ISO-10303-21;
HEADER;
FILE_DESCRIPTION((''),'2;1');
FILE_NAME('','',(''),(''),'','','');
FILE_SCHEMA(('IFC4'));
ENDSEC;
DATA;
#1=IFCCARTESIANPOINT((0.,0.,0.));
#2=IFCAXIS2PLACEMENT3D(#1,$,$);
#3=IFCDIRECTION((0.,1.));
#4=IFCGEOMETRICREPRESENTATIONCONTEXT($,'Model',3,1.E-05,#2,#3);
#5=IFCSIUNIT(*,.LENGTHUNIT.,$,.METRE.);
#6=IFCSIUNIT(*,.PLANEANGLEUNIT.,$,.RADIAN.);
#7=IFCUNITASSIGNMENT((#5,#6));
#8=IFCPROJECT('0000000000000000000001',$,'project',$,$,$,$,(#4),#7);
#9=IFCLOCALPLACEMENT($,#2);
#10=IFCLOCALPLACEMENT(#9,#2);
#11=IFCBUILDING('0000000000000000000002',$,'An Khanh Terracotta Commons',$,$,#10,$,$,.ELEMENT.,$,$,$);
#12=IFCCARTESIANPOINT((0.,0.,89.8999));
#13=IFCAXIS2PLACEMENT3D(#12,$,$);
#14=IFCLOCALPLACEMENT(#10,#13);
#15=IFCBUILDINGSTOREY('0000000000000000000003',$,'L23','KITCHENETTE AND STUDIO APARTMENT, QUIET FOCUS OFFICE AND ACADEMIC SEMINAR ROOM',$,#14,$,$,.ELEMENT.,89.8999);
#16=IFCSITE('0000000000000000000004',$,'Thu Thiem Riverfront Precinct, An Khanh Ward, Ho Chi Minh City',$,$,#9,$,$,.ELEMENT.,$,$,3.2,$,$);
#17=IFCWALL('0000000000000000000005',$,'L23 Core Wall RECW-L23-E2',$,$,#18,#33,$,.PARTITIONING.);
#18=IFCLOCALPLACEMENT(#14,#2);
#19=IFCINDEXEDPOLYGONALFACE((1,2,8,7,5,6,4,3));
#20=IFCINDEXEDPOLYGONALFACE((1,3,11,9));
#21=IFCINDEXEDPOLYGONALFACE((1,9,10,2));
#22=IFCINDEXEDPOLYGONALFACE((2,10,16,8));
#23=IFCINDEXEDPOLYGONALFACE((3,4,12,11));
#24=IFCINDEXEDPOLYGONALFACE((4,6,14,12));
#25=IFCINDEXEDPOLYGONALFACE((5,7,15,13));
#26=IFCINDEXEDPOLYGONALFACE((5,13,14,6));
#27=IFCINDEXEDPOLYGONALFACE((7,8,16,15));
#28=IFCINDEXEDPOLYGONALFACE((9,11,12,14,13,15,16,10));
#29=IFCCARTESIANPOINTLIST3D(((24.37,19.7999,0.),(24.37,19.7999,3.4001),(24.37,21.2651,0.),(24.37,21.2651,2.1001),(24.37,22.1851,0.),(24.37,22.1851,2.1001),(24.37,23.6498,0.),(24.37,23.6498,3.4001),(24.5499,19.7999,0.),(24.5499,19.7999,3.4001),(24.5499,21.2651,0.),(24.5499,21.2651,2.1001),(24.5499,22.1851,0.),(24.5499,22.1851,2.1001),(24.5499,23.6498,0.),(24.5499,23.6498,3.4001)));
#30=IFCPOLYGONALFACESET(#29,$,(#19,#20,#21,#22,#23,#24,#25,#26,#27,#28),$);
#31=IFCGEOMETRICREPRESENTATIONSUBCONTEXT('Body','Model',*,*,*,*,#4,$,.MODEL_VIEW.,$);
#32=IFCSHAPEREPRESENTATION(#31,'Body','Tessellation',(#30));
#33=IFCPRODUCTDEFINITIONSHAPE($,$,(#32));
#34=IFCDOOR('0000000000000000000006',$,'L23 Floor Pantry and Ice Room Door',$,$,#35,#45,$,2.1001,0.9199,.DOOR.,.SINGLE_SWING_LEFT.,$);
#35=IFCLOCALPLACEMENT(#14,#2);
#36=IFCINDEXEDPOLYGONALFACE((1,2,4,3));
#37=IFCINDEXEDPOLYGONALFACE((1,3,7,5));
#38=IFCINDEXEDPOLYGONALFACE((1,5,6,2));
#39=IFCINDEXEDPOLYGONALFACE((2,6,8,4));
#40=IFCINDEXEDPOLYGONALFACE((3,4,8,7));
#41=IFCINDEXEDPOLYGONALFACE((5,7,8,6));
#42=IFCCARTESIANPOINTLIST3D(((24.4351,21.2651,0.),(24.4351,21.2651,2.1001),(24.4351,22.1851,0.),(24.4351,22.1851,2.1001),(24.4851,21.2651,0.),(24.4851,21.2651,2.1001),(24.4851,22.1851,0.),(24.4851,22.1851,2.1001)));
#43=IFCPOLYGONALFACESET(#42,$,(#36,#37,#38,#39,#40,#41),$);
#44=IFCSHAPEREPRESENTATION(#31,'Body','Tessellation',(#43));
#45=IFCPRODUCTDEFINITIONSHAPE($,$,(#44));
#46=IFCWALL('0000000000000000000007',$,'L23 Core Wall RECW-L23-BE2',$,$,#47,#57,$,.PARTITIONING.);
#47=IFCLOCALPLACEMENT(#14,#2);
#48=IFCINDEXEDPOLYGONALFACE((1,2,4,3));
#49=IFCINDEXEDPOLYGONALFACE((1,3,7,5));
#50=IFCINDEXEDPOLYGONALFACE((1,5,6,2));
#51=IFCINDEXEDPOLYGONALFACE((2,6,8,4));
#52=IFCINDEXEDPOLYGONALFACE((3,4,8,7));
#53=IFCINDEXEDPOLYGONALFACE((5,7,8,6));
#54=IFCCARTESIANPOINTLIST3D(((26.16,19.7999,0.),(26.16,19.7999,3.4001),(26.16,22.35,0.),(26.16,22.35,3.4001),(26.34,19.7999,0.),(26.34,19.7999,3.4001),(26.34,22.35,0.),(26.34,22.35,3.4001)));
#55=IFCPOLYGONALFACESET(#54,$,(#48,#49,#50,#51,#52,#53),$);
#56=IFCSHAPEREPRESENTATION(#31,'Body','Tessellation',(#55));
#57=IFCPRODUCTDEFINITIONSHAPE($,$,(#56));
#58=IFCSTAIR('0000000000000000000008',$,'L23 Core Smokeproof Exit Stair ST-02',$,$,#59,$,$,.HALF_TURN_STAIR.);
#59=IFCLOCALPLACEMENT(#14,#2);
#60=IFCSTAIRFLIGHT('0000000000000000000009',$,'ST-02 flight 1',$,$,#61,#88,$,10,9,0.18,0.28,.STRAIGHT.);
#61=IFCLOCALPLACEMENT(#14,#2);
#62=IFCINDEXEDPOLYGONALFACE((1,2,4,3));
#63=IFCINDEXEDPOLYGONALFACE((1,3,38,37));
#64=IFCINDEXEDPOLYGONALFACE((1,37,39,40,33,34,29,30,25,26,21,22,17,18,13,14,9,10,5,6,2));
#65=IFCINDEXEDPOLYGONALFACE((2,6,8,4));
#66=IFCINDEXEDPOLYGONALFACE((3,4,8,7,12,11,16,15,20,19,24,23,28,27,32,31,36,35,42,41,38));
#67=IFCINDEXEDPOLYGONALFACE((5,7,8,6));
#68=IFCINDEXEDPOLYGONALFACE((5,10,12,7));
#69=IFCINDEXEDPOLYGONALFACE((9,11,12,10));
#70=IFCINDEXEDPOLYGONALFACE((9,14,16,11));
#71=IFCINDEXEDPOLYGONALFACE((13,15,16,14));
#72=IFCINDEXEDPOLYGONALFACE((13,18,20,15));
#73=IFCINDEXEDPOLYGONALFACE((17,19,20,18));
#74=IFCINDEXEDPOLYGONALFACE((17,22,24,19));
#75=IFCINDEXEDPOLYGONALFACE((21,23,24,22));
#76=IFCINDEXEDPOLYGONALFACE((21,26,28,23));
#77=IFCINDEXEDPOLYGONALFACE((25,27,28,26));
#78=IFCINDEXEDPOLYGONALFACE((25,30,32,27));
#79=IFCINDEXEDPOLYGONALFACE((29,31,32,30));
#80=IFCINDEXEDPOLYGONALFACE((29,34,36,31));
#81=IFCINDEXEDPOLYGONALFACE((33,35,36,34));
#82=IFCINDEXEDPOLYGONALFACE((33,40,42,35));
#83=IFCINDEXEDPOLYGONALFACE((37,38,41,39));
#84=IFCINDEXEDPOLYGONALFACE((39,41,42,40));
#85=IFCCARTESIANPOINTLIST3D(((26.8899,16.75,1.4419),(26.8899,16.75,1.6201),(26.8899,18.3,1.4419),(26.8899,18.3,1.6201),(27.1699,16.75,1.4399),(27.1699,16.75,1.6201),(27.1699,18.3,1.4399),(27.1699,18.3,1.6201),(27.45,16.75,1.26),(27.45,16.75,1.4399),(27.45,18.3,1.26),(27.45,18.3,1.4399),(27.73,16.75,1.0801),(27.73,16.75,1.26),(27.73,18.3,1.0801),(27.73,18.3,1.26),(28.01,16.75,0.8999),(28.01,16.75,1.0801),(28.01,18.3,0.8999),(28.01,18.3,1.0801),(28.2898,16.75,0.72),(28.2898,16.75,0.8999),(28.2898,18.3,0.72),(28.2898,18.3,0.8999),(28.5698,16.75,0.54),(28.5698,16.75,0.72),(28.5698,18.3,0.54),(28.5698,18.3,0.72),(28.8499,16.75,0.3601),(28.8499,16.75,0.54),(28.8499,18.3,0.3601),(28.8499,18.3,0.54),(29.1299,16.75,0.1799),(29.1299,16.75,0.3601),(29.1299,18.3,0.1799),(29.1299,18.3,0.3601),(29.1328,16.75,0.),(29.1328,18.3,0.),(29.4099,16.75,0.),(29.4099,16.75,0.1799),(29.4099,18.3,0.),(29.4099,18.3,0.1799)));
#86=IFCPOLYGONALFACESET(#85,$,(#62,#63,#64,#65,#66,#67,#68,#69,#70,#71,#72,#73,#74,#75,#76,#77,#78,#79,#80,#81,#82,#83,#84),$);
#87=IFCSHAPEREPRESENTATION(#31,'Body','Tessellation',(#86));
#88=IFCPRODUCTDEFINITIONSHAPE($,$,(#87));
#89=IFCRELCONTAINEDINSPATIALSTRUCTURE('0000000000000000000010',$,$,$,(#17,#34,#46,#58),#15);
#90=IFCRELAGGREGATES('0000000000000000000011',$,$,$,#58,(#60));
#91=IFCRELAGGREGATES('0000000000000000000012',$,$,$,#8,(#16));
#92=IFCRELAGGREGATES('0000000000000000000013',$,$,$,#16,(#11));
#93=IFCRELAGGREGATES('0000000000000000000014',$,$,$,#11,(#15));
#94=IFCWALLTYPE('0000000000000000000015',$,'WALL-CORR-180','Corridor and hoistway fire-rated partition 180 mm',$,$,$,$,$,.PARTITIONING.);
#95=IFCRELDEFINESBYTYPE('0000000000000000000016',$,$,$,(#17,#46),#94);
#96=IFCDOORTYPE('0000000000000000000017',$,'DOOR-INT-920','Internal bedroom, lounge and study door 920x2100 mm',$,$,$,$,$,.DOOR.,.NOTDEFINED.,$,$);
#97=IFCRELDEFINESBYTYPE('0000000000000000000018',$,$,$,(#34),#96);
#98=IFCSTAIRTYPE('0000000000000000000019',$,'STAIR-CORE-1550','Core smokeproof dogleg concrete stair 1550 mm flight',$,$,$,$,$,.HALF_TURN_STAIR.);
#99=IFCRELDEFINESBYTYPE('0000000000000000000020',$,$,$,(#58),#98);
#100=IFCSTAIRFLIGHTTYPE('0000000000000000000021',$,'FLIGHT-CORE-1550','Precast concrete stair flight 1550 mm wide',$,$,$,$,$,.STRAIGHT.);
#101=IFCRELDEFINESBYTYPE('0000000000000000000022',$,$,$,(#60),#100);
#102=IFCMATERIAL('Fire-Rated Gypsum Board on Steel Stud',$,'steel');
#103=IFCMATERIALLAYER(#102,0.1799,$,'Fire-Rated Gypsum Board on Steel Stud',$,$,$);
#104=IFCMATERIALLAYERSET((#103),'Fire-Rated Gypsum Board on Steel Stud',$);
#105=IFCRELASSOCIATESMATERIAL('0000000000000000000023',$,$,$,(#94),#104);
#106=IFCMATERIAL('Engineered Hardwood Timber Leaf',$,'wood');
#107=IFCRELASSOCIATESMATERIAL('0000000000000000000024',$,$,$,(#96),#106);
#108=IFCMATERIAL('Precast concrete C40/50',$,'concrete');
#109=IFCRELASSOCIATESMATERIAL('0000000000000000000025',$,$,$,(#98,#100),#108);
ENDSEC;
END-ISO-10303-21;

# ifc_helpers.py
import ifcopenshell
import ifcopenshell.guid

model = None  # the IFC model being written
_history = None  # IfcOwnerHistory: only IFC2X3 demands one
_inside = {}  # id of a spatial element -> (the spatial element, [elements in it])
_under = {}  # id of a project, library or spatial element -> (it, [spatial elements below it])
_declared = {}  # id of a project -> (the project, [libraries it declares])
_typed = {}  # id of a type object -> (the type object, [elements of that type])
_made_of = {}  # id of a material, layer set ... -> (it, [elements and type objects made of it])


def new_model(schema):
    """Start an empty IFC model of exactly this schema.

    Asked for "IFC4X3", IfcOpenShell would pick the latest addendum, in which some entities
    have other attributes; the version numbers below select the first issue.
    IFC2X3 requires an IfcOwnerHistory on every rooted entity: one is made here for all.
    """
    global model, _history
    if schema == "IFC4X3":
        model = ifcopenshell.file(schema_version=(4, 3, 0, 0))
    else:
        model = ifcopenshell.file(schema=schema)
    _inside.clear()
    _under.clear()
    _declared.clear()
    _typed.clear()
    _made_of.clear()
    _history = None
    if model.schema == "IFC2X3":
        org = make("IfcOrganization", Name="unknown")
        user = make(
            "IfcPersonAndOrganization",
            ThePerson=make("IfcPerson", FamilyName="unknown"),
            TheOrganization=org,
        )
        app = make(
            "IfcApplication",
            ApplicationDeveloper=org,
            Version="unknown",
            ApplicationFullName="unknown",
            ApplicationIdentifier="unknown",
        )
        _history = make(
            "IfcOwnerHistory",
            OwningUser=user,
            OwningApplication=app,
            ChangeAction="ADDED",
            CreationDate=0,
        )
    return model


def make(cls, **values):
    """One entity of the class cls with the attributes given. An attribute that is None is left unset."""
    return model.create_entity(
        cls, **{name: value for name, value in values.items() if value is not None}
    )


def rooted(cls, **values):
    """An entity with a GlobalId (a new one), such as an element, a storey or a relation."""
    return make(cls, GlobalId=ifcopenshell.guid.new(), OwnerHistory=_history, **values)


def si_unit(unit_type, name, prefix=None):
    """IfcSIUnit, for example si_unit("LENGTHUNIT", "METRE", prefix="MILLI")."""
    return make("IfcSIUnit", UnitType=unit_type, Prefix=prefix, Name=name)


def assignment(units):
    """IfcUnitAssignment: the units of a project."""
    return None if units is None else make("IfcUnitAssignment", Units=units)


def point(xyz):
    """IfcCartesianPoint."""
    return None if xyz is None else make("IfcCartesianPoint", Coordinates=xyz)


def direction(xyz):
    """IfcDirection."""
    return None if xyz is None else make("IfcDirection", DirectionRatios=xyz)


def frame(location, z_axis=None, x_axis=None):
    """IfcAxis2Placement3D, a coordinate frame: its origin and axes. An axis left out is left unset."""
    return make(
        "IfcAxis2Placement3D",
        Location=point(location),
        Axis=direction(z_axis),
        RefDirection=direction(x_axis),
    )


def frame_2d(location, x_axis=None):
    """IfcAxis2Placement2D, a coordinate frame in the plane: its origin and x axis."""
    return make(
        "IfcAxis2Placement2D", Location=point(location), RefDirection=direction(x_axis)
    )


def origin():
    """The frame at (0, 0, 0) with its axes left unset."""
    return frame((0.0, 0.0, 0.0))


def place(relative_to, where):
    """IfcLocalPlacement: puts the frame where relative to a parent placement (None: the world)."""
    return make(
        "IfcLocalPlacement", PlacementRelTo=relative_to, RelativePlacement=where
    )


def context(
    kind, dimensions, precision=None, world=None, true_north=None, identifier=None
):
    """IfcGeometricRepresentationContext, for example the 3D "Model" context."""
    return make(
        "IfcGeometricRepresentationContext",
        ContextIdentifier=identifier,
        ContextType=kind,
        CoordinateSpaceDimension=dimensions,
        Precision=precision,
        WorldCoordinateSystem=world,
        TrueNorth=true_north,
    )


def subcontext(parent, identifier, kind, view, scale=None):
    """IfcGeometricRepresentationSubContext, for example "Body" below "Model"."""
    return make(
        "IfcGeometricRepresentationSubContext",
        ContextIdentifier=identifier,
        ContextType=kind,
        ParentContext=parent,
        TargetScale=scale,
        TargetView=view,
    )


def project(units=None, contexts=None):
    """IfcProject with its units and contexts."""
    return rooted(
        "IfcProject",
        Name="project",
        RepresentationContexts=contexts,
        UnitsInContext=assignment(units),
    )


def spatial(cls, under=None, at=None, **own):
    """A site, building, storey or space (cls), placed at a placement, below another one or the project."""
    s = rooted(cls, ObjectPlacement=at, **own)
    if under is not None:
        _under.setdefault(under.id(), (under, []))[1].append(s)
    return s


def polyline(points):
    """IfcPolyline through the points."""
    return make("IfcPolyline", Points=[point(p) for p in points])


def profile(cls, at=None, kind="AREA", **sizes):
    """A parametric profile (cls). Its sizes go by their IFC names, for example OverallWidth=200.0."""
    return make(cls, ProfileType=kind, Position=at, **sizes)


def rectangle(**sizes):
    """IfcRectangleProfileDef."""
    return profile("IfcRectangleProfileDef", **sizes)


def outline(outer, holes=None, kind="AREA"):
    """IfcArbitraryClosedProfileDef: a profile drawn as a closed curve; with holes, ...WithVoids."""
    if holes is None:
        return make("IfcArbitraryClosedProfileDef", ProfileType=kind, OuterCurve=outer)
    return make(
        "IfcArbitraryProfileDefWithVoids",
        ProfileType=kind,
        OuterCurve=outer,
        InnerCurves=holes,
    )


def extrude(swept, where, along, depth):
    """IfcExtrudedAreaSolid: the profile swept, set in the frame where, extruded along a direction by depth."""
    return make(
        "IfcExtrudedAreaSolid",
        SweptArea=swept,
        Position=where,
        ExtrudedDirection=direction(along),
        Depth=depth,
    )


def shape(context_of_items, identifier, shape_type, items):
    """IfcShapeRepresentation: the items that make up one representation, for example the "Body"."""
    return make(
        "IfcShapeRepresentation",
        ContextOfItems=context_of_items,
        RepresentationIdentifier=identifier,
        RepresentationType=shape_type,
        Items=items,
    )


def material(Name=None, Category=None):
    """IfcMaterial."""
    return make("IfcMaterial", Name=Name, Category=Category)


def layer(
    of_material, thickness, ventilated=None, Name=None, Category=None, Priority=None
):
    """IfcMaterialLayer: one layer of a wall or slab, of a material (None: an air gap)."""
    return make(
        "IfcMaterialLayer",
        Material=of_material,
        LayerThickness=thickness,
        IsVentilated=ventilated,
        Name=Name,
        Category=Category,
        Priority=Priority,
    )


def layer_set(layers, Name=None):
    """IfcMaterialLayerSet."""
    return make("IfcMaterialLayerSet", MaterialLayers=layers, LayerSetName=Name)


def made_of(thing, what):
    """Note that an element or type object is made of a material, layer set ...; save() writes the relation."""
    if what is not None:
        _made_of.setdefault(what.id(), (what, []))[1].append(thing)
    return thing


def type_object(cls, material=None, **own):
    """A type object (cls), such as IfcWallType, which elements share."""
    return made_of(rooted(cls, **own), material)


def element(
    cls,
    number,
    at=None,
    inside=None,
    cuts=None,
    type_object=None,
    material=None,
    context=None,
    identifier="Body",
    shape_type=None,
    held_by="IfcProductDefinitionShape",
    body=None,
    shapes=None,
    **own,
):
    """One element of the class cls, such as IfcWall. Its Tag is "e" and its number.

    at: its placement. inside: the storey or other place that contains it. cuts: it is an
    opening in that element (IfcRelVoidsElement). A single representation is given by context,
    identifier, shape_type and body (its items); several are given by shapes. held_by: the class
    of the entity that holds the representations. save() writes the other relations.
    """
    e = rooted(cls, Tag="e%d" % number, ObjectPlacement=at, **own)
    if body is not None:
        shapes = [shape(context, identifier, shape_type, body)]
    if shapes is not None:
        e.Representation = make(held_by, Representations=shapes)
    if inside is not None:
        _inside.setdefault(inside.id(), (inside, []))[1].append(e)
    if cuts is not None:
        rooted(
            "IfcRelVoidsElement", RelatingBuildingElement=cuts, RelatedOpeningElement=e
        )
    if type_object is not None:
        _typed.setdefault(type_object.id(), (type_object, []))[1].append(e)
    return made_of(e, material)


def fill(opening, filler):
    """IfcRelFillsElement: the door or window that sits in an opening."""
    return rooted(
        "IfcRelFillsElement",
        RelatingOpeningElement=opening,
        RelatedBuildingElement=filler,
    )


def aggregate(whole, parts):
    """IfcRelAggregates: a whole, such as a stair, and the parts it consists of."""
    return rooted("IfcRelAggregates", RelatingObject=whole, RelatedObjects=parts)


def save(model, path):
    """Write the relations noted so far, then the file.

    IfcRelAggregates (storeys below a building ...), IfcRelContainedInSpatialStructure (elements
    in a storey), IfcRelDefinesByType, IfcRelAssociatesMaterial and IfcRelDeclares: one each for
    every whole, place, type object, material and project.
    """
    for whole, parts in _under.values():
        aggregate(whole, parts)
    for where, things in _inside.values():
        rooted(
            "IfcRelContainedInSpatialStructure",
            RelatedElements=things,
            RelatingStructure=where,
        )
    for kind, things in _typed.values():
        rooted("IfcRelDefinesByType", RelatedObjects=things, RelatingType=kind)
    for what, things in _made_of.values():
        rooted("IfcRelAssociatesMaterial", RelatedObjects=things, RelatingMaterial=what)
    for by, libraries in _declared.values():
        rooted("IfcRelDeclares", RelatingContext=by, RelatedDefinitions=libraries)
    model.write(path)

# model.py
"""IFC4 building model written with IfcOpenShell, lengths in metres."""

from ifc_helpers import new_model, si_unit, direction, frame, frame_2d, origin, place, context, subcontext, project, spatial, polyline, rectangle, outline, extrude, material, layer, layer_set, type_object, element, fill, aggregate, save


model = new_model("IFC4")

# Units and contexts
model_context = context("Model", 3, precision=1e-05, world=origin(), true_north=direction((0.0, 1.0)))
body_context = subcontext(model_context, "Body", "Model", "MODEL_VIEW")
ifc_project = project(units=[si_unit("LENGTHUNIT", "METRE"), si_unit("PLANEANGLEUNIT", "RADIAN")], contexts=[model_context])

# Site, building, storey
site_placement = place(None, origin())
site = spatial("IfcSite", under=ifc_project, at=site_placement, Name="Thu Thiem Riverfront Precinct, An Khanh Ward, Ho Chi Minh City", CompositionType="ELEMENT", RefElevation=3.2)
building_placement = place(site_placement, origin())
building = spatial("IfcBuilding", under=site, at=building_placement, Name="An Khanh Terracotta Commons", CompositionType="ELEMENT")
storey_placement = place(building_placement, frame((0.0, 0.0, 89.8999)))
storey = spatial("IfcBuildingStorey", under=building, at=storey_placement, Name="L23", Description="KITCHENETTE AND STUDIO APARTMENT, QUIET FOCUS OFFICE AND ACADEMIC SEMINAR ROOM", CompositionType="ELEMENT", Elevation=89.8999)

# Shared definitions
ifc_material_1 = material(Name="Fire-Rated Gypsum Board on Steel Stud", Category="steel")
ifc_layer = layer(ifc_material_1, 0.1799, Name="Fire-Rated Gypsum Board on Steel Stud")
ifc_layer_set = layer_set([ifc_layer], Name="Fire-Rated Gypsum Board on Steel Stud")
wall_type = type_object("IfcWallType", Name="WALL-CORR-180", Description="Corridor and hoistway fire-rated partition 180 mm", PredefinedType="PARTITIONING", material=ifc_layer_set)

# Wall, opening, door
wall_1_placement = place(storey_placement, frame((24.46, 19.8, 0.0), z_axis=(0.0, 0.0, 1.0), x_axis=(0.0, 1.0, 0.0)))
wall_1 = element("IfcWall", 1, at=wall_1_placement, inside=storey, type_object=wall_type, Name="L23 Core Wall RECW-L23-E2", PredefinedType="PARTITIONING", context=body_context, shape_type="SweptSolid", body=[
    extrude(rectangle(XDim=3.8499, YDim=0.1799, at=frame_2d((1.9248, 0.0))), origin(), (0.0, 0.0, 1.0), 3.4001),
])
opening_1_placement = place(wall_1_placement, frame((1.4651, 0.0, 0.0)))
opening_1 = element("IfcOpeningElement", 2, at=opening_1_placement, cuts=wall_1, PredefinedType="OPENING", context=body_context, shape_type="SweptSolid", body=[
    extrude(rectangle(XDim=0.9199, YDim=2.1001, at=frame_2d((0.46, 1.05))), frame((0.0, 0.0999, 0.0), z_axis=(0.0, -1.0, 0.0), x_axis=(1.0, 0.0, 0.0)), (0.0, 0.0, 1.0), 0.2),
])
ifc_material_2 = material(Name="Engineered Hardwood Timber Leaf", Category="wood")
door_type_1 = type_object("IfcDoorType", Name="DOOR-INT-920", Description="Internal bedroom, lounge and study door 920x2100 mm", OperationType="NOTDEFINED", PredefinedType="DOOR", material=ifc_material_2)
door_1_placement = place(opening_1_placement, origin())
door_1 = element("IfcDoor", 3, at=door_1_placement, inside=storey, type_object=door_type_1, Name="L23 Floor Pantry and Ice Room Door", OperationType="SINGLE_SWING_LEFT", OverallHeight=2.1001, OverallWidth=0.9199, PredefinedType="DOOR", context=body_context, shape_type="SweptSolid", body=[
    extrude(rectangle(XDim=0.9199, YDim=2.1001, at=frame_2d((0.46, 1.05))), frame((0.0, 0.0249, 0.0), z_axis=(0.0, -1.0, 0.0), x_axis=(1.0, 0.0, 0.0)), (0.0, 0.0, 1.0), 0.05),
])
fill(opening_1, door_1)

# Wall
wall_2_placement = place(storey_placement, frame((26.25, 19.8, 0.0), z_axis=(0.0, 0.0, 1.0), x_axis=(0.0, 1.0, 0.0)))
element("IfcWall", 4, at=wall_2_placement, inside=storey, type_object=wall_type, Name="L23 Core Wall RECW-L23-BE2", PredefinedType="PARTITIONING", context=body_context, shape_type="SweptSolid", body=[
    extrude(rectangle(XDim=2.55, YDim=0.1799, at=frame_2d((1.2749, 0.0))), origin(), (0.0, 0.0, 1.0), 3.4001),
])

# Stair, stair flight
ifc_material_3 = material(Name="Precast concrete C40/50", Category="concrete")
stair_type = type_object("IfcStairType", Name="STAIR-CORE-1550", Description="Core smokeproof dogleg concrete stair 1550 mm flight", PredefinedType="HALF_TURN_STAIR", material=ifc_material_3)
stair_placement = place(storey_placement, origin())
stair = element("IfcStair", 5, at=stair_placement, inside=storey, type_object=stair_type, Name="L23 Core Smokeproof Exit Stair ST-02", PredefinedType="HALF_TURN_STAIR")
stair_flight_type = type_object("IfcStairFlightType", Name="FLIGHT-CORE-1550", Description="Precast concrete stair flight 1550 mm wide", PredefinedType="STRAIGHT", material=ifc_material_3)
stair_flight_placement = place(storey_placement, frame((29.4099, 17.5249, 0.0), z_axis=(0.0, 0.0, 1.0), x_axis=(-1.0, 0.0, 0.0)))
stair_flight = element("IfcStairFlight", 6, at=stair_flight_placement, type_object=stair_flight_type, Name="ST-02 flight 1", NumberOfRisers=10, NumberOfTreads=9, PredefinedType="STRAIGHT", RiserHeight=0.18, TreadLength=0.28, context=body_context, shape_type="SweptSolid", body=[
    extrude(outline(polyline([(0.0, 0.0), (0.0, 0.1799), (0.28, 0.1799), (0.28, 0.3601), (0.5601, 0.3601), (0.5601, 0.54), (0.8401, 0.54), (0.8401, 0.72), (1.1201, 0.72), (1.1201, 0.8999), (1.3999, 0.8999), (1.3999, 1.0801), (1.6799, 1.0801), (1.6799, 1.26), (1.96, 1.26), (1.96, 1.4399), (2.24, 1.4399), (2.24, 1.6201), (2.52, 1.6201), (2.52, 1.8), (2.52, 1.4419), (0.2771, 0.0), (0.0, 0.0)])), frame((0.0, 0.7749, 0.0), z_axis=(0.0, -1.0, 0.0), x_axis=(1.0, 0.0, 0.0)), (0.0, 0.0, 1.0), 1.55),
])
aggregate(stair, [stair_flight])

save(model, "model.ifc")
